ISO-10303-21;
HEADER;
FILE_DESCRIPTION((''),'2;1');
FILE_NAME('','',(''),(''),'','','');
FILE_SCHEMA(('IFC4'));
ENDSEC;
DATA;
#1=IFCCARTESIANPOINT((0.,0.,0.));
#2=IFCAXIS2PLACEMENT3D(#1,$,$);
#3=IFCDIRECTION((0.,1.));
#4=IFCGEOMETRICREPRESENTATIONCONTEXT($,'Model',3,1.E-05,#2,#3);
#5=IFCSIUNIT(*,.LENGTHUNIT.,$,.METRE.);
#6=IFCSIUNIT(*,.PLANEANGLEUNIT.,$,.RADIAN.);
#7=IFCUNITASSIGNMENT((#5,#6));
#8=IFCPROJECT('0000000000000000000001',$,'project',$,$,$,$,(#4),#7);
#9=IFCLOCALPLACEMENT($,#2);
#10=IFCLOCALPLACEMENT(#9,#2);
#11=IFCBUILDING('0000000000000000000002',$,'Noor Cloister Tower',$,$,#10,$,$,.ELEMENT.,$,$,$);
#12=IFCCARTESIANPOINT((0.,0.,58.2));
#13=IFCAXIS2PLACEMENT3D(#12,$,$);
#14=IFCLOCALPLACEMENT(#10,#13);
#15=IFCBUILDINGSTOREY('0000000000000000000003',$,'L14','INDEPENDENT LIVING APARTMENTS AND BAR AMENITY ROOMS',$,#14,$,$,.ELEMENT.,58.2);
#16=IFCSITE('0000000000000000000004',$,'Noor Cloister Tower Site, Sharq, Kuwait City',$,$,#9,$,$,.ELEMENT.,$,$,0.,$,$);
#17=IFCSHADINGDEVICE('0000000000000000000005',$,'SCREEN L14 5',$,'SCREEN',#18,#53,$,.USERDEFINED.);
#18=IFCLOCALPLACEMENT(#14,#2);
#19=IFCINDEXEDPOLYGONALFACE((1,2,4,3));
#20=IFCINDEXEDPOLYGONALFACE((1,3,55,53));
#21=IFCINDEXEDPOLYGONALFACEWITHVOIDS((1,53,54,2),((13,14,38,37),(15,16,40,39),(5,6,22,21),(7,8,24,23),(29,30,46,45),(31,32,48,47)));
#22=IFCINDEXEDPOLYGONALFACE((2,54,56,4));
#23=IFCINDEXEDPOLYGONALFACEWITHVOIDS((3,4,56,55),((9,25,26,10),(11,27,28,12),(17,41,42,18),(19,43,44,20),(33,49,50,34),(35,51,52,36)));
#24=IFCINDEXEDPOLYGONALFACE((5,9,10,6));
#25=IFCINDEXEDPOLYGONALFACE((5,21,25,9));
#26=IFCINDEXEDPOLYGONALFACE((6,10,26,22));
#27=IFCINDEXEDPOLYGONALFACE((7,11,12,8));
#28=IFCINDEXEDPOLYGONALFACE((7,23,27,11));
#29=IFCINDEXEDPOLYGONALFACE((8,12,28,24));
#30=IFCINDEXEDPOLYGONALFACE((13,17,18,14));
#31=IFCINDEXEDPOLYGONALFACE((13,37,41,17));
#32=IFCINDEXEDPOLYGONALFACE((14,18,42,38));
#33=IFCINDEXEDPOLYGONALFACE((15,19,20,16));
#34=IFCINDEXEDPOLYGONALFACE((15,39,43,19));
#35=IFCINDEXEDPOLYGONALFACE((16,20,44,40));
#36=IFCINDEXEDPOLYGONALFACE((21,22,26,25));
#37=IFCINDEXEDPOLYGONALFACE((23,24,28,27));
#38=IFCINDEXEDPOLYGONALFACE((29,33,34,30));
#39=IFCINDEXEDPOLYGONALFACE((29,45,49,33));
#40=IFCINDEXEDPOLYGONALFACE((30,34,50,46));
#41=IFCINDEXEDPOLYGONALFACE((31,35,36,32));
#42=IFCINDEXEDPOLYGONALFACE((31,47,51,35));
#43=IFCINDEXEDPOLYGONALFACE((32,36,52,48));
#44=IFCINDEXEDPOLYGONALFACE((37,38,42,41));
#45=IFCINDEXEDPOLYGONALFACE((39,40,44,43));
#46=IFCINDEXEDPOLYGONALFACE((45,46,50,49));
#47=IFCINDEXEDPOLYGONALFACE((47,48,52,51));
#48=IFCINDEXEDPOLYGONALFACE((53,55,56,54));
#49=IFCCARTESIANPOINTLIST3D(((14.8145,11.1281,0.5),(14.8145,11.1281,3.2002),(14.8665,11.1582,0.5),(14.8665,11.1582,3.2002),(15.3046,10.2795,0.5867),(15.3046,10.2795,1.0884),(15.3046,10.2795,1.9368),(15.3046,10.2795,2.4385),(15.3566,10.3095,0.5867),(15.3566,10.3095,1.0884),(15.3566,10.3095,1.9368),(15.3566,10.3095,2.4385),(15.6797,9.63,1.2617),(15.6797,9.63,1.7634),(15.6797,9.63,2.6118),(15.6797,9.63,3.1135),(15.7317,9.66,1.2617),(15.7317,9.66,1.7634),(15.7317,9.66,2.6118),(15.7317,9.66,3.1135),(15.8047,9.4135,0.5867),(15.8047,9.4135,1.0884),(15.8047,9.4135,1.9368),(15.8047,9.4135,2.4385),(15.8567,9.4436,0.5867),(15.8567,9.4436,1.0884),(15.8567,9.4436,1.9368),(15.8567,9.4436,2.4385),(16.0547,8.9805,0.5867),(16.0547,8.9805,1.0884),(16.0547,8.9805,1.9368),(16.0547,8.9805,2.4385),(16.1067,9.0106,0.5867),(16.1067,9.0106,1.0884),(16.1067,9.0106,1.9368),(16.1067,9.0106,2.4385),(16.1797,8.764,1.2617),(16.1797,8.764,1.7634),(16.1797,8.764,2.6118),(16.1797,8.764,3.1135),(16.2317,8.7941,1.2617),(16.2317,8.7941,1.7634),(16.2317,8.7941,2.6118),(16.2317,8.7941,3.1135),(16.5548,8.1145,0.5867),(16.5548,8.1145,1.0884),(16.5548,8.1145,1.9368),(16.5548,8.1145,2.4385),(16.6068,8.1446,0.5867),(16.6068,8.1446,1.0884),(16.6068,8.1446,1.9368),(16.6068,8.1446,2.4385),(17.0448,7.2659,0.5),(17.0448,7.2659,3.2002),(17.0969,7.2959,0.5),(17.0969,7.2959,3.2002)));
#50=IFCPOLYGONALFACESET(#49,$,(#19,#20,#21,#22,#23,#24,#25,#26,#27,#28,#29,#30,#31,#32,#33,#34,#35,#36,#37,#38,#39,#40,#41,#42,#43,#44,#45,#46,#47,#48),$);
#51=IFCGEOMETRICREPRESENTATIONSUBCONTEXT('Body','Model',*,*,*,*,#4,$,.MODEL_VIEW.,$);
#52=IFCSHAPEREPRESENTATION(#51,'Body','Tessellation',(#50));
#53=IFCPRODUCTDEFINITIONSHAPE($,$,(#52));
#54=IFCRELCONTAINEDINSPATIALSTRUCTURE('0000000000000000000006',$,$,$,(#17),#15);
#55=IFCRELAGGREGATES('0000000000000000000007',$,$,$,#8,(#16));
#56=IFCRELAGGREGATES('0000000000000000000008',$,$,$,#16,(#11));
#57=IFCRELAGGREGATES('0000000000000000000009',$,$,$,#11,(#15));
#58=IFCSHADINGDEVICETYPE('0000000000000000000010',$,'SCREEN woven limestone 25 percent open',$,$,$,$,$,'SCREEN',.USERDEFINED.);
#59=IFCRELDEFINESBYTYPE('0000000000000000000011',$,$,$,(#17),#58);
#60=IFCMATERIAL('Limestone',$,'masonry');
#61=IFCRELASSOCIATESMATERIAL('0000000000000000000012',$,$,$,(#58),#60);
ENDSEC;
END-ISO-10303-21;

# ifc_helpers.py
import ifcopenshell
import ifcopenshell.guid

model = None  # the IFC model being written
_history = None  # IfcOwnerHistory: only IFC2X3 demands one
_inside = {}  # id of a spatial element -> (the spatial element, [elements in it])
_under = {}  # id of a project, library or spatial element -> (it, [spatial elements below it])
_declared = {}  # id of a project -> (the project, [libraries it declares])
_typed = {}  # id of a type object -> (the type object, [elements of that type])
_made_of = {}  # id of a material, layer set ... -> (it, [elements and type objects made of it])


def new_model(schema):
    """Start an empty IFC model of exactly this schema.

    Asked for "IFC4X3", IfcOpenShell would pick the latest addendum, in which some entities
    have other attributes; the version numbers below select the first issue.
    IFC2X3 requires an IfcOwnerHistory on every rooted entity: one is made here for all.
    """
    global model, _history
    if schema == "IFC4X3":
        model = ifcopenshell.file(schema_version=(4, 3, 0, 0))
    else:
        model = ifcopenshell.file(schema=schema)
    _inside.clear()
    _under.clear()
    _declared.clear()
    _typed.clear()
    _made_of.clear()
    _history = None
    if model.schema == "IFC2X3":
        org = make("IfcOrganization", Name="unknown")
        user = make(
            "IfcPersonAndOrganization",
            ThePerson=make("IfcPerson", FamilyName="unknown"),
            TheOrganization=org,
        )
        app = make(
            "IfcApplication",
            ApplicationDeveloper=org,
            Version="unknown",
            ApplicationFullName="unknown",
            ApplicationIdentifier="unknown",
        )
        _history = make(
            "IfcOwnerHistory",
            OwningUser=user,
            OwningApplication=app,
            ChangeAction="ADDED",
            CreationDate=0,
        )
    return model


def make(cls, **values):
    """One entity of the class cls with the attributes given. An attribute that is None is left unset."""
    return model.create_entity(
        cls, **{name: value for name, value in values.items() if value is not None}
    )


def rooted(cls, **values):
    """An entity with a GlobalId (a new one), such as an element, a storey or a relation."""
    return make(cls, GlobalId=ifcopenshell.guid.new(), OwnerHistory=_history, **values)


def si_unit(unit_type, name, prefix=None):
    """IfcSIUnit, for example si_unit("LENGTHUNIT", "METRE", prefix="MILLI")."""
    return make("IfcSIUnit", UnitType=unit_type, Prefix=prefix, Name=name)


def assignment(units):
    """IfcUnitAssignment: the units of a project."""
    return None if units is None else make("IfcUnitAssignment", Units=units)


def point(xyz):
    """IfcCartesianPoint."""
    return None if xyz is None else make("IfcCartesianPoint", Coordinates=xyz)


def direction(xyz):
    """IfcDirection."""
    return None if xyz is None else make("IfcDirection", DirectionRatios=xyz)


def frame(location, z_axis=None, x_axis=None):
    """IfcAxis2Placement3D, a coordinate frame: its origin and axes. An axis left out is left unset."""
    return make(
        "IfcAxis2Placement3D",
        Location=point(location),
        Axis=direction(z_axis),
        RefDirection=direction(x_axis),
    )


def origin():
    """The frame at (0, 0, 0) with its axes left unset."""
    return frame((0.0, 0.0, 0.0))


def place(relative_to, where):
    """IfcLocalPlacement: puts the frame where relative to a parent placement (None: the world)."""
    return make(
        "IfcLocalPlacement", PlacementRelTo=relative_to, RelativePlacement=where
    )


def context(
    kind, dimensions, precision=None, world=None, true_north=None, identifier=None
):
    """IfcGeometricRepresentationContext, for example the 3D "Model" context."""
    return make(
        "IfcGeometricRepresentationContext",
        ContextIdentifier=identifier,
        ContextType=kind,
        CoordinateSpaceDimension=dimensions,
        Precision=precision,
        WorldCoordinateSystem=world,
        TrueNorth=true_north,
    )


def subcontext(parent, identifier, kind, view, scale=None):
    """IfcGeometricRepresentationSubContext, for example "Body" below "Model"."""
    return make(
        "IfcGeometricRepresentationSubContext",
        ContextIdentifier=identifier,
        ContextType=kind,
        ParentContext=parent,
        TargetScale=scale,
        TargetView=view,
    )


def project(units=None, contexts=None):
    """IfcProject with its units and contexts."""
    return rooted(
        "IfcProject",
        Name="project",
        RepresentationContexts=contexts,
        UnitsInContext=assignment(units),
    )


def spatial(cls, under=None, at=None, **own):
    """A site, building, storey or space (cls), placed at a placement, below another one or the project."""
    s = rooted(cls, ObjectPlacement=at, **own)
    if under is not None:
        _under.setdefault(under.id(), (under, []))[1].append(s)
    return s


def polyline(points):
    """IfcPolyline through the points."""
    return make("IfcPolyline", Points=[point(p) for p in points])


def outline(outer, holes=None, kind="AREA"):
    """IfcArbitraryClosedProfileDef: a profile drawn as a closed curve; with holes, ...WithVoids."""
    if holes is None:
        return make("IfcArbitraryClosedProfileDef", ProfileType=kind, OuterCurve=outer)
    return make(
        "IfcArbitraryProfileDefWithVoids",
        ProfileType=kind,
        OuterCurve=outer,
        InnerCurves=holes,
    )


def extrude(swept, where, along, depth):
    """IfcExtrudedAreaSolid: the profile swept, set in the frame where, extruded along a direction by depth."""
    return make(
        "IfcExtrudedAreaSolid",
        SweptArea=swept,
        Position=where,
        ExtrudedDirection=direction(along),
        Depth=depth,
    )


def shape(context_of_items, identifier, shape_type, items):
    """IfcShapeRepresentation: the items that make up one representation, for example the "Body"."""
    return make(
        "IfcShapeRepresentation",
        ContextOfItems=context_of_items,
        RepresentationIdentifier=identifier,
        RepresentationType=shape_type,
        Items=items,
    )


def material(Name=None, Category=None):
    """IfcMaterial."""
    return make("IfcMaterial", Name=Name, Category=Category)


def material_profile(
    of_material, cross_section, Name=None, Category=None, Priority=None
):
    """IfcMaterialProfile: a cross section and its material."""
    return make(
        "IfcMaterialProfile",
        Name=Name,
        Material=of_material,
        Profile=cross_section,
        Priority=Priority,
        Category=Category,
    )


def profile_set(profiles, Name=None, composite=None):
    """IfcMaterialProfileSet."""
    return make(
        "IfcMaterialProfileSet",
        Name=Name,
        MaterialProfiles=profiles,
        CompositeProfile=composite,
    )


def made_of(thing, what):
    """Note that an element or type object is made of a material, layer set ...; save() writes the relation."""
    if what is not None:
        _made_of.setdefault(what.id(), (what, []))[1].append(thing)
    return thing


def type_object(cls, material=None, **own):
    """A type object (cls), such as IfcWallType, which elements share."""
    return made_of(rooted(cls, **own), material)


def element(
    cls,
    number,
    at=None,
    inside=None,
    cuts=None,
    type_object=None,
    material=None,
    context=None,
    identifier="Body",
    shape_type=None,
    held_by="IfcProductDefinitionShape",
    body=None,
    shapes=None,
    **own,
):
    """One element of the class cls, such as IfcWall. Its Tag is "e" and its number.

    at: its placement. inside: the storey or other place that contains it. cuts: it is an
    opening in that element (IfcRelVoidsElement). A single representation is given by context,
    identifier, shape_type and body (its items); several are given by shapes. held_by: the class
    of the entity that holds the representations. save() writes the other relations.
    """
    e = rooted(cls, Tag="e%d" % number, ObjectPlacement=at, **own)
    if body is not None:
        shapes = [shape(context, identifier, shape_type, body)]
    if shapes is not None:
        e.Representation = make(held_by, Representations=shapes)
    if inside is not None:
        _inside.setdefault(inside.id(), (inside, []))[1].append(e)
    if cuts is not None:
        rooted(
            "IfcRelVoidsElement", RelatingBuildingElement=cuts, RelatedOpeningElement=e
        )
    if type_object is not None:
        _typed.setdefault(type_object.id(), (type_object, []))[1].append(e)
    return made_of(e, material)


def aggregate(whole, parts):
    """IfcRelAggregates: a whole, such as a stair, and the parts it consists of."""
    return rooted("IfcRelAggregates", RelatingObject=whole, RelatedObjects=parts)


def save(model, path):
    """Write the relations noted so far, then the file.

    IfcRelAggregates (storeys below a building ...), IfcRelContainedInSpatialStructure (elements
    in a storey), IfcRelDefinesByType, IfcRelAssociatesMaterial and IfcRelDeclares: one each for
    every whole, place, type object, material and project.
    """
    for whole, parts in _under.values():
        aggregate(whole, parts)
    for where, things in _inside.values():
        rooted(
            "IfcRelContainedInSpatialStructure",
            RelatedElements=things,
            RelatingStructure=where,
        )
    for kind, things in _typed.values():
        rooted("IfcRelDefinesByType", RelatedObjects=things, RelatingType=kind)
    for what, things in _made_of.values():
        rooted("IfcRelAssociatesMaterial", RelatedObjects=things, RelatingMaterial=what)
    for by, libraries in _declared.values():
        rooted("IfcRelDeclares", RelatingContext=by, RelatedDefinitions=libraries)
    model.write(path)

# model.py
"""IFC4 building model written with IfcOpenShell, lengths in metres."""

from ifc_helpers import new_model, si_unit, direction, frame, origin, place, context, subcontext, project, spatial, polyline, outline, extrude, material, material_profile, profile_set, type_object, element, save


model = new_model("IFC4")

# Units and contexts
model_context = context("Model", 3, precision=1e-05, world=origin(), true_north=direction((0.0, 1.0)))
body_context = subcontext(model_context, "Body", "Model", "MODEL_VIEW")
ifc_project = project(units=[si_unit("LENGTHUNIT", "METRE"), si_unit("PLANEANGLEUNIT", "RADIAN")], contexts=[model_context])

# Site, building, storey
site_placement = place(None, origin())
site = spatial("IfcSite", under=ifc_project, at=site_placement, Name="Noor Cloister Tower Site, Sharq, Kuwait City", CompositionType="ELEMENT", RefElevation=0.0)
building_placement = place(site_placement, origin())
building = spatial("IfcBuilding", under=site, at=building_placement, Name="Noor Cloister Tower", CompositionType="ELEMENT")
storey_placement = place(building_placement, frame((0.0, 0.0, 58.2)))
storey = spatial("IfcBuildingStorey", under=building, at=storey_placement, Name="L14", Description="INDEPENDENT LIVING APARTMENTS AND BAR AMENITY ROOMS", CompositionType="ELEMENT", Elevation=58.2)

# Shading device
ifc_material_1 = material(Name="Limestone", Category="masonry")
ifc_material_profile_1 = material_profile(ifc_material_1, outline(polyline([(-2.23, -1.3501), (2.23, -1.3501), (2.23, 1.3501), (-2.23, 1.3501), (-2.23, -1.3501)]), holes=[polyline([(-1.25, -1.2634), (-0.25, -1.2634), (-0.25, -0.7617), (-1.25, -0.7617), (-1.25, -1.2634)]), polyline([(0.25, -1.2634), (1.25, -1.2634), (1.25, -0.7617), (0.25, -0.7617), (0.25, -1.2634)]), polyline([(-0.5, -0.5884), (0.5, -0.5884), (0.5, -0.0867), (-0.5, -0.0867), (-0.5, -0.5884)]), polyline([(-1.25, 0.0867), (-0.25, 0.0867), (-0.25, 0.5884), (-1.25, 0.5884), (-1.25, 0.0867)]), polyline([(0.25, 0.0867), (1.25, 0.0867), (1.25, 0.5884), (0.25, 0.5884), (0.25, 0.0867)]), polyline([(-0.5, 0.7617), (0.5, 0.7617), (0.5, 1.2634), (-0.5, 1.2634), (-0.5, 0.7617)])]), Name="Woven screen 25 percent open")
ifc_profile_set_1 = profile_set([ifc_material_profile_1], Name="Limestone")
shading_device_type = type_object("IfcShadingDeviceType", Name="SCREEN woven limestone 25 percent open", ElementType="SCREEN", PredefinedType="USERDEFINED", material=ifc_profile_set_1)
shading_device_1_placement = place(storey_placement, frame((15.9297, 9.197, 1.8501), z_axis=(0.865982, 0.500074, 0.0), x_axis=(-0.500074, 0.865982, 0.0)))
element("IfcShadingDevice", 1, at=shading_device_1_placement, inside=storey, type_object=shading_device_type, Name="SCREEN L14 5", ObjectType="SCREEN", PredefinedType="USERDEFINED", context=body_context, shape_type="SweptSolid", body=[
    extrude(outline(polyline([(-2.23, -1.3501), (2.23, -1.3501), (2.23, 1.3501), (-2.23, 1.3501), (-2.23, -1.3501)]), holes=[polyline([(-1.25, -1.2634), (-0.25, -1.2634), (-0.25, -0.7617), (-1.25, -0.7617), (-1.25, -1.2634)]), polyline([(0.25, -1.2634), (1.25, -1.2634), (1.25, -0.7617), (0.25, -0.7617), (0.25, -1.2634)]), polyline([(-0.5, -0.5884), (0.5, -0.5884), (0.5, -0.0867), (-0.5, -0.0867), (-0.5, -0.5884)]), polyline([(-1.25, 0.0867), (-0.25, 0.0867), (-0.25, 0.5884), (-1.25, 0.5884), (-1.25, 0.0867)]), polyline([(0.25, 0.0867), (1.25, 0.0867), (1.25, 0.5884), (0.25, 0.5884), (0.25, 0.0867)]), polyline([(-0.5, 0.7617), (0.5, 0.7617), (0.5, 1.2634), (-0.5, 1.2634), (-0.5, 0.7617)])]), origin(), (0.0, 0.0, 1.0), 0.0601),
])

save(model, "model.ifc")
